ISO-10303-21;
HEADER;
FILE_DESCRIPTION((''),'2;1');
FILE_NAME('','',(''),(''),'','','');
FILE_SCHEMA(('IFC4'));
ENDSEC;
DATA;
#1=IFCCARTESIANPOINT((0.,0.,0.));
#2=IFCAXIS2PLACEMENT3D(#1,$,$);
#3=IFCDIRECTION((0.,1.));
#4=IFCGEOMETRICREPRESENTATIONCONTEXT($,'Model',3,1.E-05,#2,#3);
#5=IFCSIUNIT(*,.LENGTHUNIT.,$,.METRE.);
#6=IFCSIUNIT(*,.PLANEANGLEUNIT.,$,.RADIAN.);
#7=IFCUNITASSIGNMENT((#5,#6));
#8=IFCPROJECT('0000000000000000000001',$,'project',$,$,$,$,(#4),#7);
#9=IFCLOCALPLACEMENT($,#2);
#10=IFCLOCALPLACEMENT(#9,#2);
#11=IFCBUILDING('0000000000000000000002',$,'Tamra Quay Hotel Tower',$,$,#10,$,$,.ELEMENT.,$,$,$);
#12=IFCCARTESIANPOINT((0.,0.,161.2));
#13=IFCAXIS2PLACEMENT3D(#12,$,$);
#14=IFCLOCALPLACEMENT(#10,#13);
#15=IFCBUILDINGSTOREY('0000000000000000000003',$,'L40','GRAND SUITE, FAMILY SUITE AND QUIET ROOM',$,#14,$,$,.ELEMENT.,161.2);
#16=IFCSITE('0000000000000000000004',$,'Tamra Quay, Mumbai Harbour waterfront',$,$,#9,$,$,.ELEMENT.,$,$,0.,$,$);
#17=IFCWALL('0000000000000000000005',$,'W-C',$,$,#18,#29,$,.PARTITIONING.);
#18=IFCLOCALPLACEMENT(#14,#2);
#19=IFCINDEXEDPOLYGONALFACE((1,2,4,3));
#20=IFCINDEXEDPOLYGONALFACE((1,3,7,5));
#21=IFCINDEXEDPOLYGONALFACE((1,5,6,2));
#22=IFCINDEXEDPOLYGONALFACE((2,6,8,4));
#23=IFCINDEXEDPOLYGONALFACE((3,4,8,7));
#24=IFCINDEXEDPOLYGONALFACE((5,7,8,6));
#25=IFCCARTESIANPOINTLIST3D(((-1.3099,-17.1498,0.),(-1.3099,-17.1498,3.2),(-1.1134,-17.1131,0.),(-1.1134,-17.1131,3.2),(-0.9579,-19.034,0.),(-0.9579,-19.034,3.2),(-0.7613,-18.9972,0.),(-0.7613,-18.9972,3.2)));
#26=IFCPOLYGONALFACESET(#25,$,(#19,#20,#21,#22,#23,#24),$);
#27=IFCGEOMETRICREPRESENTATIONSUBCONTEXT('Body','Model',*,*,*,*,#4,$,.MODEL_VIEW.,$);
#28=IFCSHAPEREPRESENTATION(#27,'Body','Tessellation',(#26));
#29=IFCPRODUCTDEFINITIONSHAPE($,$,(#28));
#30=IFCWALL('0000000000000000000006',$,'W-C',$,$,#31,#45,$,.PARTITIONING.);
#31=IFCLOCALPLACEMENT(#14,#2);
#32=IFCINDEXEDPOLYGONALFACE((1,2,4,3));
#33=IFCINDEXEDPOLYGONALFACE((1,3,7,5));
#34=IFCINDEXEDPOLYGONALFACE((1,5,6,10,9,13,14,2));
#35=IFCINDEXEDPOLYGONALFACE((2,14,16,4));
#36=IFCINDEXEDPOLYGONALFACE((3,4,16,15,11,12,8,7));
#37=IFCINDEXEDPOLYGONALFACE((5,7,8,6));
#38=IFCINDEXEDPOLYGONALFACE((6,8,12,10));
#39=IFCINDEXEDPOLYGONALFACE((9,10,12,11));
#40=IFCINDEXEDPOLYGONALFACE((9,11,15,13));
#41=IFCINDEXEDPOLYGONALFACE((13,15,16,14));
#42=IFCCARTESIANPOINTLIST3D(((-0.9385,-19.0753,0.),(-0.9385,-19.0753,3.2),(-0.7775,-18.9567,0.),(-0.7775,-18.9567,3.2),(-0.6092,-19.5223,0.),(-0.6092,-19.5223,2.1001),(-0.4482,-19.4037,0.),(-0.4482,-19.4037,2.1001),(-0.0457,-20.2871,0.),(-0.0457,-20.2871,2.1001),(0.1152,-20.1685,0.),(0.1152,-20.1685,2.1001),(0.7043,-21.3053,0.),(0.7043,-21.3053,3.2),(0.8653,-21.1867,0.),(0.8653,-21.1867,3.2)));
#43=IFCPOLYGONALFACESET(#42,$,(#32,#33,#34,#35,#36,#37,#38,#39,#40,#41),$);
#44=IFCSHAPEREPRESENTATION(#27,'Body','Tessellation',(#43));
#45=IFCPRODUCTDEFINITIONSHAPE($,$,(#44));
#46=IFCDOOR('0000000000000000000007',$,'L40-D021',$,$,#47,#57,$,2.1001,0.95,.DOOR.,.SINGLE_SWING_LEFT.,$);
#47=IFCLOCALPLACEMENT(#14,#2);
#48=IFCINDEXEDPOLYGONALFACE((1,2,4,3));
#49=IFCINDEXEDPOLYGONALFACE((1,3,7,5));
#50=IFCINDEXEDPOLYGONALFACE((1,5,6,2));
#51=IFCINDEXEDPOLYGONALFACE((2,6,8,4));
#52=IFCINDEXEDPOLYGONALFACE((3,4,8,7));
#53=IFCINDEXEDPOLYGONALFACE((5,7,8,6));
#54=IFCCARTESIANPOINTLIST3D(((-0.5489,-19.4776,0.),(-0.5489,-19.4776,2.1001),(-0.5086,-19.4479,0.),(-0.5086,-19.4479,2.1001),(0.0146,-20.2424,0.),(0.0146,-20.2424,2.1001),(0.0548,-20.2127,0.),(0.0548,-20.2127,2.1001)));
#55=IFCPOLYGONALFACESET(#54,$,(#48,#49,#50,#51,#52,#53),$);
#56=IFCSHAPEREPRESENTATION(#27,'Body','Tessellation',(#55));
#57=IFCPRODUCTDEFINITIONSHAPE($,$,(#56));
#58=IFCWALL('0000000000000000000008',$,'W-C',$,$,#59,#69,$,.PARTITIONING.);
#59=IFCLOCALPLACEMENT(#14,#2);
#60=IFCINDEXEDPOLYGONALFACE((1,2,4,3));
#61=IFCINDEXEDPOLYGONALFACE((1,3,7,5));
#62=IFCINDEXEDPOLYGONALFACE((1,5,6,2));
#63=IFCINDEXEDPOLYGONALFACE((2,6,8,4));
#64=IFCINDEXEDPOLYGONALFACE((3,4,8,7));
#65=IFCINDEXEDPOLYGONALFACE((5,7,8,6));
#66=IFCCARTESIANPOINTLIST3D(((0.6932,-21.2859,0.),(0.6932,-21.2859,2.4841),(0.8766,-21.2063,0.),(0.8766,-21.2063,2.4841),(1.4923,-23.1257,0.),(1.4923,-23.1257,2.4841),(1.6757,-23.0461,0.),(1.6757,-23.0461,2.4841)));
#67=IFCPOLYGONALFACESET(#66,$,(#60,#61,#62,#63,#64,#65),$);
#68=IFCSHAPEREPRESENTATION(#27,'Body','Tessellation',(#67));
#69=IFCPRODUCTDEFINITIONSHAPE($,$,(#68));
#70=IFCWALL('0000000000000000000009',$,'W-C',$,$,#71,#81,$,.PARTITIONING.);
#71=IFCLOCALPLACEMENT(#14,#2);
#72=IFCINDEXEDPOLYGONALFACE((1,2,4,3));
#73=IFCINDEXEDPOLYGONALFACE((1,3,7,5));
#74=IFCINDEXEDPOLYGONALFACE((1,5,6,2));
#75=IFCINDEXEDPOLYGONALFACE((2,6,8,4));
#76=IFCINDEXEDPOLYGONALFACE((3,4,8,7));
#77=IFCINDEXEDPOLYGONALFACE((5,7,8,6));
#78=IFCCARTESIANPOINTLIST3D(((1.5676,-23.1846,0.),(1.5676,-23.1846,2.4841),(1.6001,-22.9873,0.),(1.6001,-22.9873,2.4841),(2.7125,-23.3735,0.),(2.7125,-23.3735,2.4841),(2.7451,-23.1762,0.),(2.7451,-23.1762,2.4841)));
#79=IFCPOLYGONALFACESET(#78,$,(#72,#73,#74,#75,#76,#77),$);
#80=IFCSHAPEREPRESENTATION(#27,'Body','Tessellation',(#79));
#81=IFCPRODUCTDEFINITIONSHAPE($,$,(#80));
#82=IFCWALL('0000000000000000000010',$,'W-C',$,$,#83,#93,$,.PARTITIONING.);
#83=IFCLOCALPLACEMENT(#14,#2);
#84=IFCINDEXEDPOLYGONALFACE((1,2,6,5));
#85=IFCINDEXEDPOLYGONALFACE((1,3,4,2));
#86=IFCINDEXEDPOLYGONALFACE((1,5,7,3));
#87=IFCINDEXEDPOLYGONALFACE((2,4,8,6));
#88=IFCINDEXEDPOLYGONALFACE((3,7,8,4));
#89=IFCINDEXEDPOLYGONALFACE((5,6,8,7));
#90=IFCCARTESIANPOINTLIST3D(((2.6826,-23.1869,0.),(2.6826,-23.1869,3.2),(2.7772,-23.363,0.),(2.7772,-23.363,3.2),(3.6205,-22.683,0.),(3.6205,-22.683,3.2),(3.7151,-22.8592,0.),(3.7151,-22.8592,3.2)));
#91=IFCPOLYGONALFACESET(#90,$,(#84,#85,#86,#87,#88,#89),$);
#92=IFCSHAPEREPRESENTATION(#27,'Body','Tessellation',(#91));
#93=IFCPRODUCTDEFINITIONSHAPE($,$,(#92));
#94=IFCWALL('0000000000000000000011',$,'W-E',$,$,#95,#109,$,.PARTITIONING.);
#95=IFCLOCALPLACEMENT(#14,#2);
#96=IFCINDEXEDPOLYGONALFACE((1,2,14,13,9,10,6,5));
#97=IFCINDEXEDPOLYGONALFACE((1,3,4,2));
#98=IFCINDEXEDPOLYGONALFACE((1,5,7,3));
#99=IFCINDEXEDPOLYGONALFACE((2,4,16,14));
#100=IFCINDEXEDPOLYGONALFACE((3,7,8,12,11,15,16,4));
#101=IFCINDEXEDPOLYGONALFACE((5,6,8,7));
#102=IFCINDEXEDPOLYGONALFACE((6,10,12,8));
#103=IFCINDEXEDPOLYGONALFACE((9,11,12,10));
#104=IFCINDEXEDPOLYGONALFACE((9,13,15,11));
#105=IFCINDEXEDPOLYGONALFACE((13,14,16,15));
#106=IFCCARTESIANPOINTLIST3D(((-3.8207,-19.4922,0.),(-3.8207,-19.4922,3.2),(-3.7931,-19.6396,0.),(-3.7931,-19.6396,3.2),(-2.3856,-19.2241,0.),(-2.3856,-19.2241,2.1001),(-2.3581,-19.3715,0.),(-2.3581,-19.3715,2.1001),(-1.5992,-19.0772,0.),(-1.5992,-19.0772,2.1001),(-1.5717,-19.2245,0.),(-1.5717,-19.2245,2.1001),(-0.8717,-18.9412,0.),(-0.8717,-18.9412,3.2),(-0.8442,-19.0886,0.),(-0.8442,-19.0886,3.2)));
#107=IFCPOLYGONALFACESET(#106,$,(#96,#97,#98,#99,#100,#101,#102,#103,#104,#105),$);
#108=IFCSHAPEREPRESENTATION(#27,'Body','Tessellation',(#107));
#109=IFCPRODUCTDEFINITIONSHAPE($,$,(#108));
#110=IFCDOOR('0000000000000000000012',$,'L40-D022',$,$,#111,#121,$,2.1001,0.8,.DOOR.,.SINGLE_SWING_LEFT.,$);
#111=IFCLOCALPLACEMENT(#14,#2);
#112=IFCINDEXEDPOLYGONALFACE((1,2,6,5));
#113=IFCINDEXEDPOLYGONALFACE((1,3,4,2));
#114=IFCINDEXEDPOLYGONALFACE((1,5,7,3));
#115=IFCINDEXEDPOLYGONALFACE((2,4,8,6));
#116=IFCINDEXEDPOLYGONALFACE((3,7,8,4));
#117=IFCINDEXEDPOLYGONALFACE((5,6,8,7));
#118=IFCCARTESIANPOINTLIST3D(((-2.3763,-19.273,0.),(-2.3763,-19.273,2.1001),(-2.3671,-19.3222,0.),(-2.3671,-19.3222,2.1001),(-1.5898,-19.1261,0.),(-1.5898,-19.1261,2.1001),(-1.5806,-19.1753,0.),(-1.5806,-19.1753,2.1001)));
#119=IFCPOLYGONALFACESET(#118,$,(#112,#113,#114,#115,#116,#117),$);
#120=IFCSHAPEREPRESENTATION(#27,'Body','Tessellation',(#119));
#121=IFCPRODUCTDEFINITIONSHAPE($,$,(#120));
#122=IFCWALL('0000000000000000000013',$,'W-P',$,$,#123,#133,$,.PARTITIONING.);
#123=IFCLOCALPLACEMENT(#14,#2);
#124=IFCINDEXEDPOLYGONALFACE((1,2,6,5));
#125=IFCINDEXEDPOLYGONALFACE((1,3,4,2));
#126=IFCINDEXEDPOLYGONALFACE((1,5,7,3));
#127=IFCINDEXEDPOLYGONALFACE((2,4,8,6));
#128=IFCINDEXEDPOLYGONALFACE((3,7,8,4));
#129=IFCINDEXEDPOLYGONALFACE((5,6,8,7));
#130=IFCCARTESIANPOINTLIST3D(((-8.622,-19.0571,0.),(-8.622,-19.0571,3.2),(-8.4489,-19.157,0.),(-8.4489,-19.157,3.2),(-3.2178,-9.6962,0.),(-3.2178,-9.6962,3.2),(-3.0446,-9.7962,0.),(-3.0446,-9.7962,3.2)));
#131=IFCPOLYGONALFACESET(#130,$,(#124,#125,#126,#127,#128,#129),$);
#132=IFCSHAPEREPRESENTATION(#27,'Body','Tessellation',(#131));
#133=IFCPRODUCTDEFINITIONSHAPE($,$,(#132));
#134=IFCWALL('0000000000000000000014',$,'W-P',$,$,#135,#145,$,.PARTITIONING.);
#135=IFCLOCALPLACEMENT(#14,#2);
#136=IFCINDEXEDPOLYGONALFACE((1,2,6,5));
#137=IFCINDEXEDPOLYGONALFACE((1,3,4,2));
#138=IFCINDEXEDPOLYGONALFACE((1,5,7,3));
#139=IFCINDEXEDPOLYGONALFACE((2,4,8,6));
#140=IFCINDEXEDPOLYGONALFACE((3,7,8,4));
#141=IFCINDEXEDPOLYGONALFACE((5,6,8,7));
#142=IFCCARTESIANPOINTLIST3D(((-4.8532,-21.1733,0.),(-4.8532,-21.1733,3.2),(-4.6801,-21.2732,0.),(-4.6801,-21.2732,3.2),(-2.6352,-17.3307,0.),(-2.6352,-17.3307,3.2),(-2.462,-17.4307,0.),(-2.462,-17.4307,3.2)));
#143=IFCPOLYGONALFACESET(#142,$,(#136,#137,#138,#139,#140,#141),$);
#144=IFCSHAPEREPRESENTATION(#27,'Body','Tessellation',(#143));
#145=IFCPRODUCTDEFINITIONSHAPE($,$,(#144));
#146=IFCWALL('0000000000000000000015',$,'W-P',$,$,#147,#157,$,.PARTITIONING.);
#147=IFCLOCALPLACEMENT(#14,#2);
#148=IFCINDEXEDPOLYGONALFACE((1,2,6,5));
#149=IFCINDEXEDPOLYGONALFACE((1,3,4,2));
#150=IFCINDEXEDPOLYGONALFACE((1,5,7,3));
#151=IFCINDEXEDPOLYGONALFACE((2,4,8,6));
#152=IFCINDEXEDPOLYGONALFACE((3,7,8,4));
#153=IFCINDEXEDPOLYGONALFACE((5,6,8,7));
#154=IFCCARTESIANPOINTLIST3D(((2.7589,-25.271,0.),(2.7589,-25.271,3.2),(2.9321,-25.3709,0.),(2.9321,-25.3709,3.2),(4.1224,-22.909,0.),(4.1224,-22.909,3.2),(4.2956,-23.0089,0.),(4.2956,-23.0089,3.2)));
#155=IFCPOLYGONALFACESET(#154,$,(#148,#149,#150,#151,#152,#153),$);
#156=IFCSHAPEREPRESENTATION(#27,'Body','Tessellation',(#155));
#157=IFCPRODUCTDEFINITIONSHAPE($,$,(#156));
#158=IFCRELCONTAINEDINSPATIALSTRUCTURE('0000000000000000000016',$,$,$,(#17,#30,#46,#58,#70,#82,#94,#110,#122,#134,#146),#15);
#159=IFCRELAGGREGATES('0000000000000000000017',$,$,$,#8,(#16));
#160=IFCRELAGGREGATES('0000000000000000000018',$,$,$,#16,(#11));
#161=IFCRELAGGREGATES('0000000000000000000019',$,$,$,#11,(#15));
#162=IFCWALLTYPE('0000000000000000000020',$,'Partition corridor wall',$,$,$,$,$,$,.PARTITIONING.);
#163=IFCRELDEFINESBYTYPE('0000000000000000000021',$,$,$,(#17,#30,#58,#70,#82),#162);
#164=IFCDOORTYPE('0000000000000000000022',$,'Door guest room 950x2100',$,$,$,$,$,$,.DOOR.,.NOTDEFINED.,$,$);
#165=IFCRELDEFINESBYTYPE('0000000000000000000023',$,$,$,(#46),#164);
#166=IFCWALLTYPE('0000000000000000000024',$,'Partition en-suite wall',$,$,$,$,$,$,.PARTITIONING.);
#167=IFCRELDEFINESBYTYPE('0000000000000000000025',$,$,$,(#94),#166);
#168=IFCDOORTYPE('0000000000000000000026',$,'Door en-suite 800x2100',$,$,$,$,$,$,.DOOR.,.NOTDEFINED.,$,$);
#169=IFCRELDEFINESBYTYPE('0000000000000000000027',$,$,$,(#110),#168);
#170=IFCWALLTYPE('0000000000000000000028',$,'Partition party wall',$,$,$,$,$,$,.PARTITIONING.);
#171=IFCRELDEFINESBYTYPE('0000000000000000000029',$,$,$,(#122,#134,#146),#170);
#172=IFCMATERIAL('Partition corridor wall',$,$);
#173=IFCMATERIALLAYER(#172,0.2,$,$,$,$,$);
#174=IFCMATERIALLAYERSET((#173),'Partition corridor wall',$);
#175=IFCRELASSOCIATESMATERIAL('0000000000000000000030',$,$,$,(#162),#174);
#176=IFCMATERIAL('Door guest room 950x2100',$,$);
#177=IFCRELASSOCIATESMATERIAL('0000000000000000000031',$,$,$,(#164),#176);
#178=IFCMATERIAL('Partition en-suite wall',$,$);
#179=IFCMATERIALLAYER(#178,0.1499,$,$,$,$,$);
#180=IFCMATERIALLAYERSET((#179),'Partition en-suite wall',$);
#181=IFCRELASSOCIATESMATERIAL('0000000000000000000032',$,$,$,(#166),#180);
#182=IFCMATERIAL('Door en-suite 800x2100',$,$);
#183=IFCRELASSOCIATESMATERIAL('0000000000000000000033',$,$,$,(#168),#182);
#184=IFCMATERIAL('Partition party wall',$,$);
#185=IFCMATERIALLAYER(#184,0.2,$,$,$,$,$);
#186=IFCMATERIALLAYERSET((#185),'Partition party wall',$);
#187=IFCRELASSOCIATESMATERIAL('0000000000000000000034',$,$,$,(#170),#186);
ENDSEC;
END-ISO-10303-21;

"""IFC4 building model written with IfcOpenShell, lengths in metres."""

from ifc_helpers import new_model, si_unit, direction, frame, frame_2d, origin, place, context, subcontext, project, spatial, rectangle, extrude, material, layer, layer_set, type_object, element, fill, save


model = new_model("IFC4")

# Units and contexts
model_context = context("Model", 3, precision=1e-05, world=origin(), true_north=direction((0.0, 1.0)))
body_context = subcontext(model_context, "Body", "Model", "MODEL_VIEW")
ifc_project = project(units=[si_unit("LENGTHUNIT", "METRE"), si_unit("PLANEANGLEUNIT", "RADIAN")], contexts=[model_context])

# Site, building, storey
site_placement = place(None, origin())
site = spatial("IfcSite", under=ifc_project, at=site_placement, Name="Tamra Quay, Mumbai Harbour waterfront", CompositionType="ELEMENT", RefElevation=0.0)
building_placement = place(site_placement, origin())
building = spatial("IfcBuilding", under=site, at=building_placement, Name="Tamra Quay Hotel Tower", CompositionType="ELEMENT")
storey_placement = place(building_placement, frame((0.0, 0.0, 161.2)))
storey = spatial("IfcBuildingStorey", under=building, at=storey_placement, Name="L40", Description="GRAND SUITE, FAMILY SUITE AND QUIET ROOM", CompositionType="ELEMENT", Elevation=161.2)

# Wall
ifc_material_1 = material(Name="Partition corridor wall")
ifc_layer_1 = layer(ifc_material_1, 0.2)
ifc_layer_set_1 = layer_set([ifc_layer_1], Name="Partition corridor wall")
wall_type_1 = type_object("IfcWallType", Name="Partition corridor wall", PredefinedType="PARTITIONING", material=ifc_layer_set_1)
wall_1_placement = place(storey_placement, frame((-1.2117, -17.1313, 0.0), z_axis=(0.0, 0.0, 1.0), x_axis=(0.183681, -0.982986, 0.0)))
element("IfcWall", 1, at=wall_1_placement, inside=storey, type_object=wall_type_1, Name="W-C", PredefinedType="PARTITIONING", context=body_context, shape_type="SweptSolid", body=[
    extrude(rectangle(XDim=1.9167, YDim=0.2, at=frame_2d((0.9585, 0.0))), origin(), (0.0, 0.0, 1.0), 3.2),
])

# Wall, opening, door
wall_2_placement = place(storey_placement, frame((-0.8579, -19.0161, 0.0), z_axis=(0.0, 0.0, 1.0), x_axis=(0.593124, -0.805111, 0.0)))
wall_2 = element("IfcWall", 2, at=wall_2_placement, inside=storey, type_object=wall_type_1, Name="W-C", PredefinedType="PARTITIONING", context=body_context, shape_type="SweptSolid", body=[
    extrude(rectangle(XDim=2.7698, YDim=0.2, at=frame_2d((1.3848, 0.0))), origin(), (0.0, 0.0, 1.0), 3.2),
])
opening_1_placement = place(wall_2_placement, frame((0.5549, 0.0, 0.0)))
opening_1 = element("IfcOpeningElement", 3, at=opening_1_placement, cuts=wall_2, PredefinedType="OPENING", context=body_context, shape_type="SweptSolid", body=[
    extrude(rectangle(XDim=0.95, YDim=2.1001, at=frame_2d((0.4751, 1.05))), frame((0.0, 0.1099, 0.0), z_axis=(0.0, -1.0, 0.0), x_axis=(1.0, 0.0, 0.0)), (0.0, 0.0, 1.0), 0.22),
])
ifc_material_2 = material(Name="Door guest room 950x2100")
door_type_1 = type_object("IfcDoorType", Name="Door guest room 950x2100", OperationType="NOTDEFINED", PredefinedType="DOOR", material=ifc_material_2)
door_1_placement = place(opening_1_placement, frame((0.95, 0.0, 0.0), z_axis=(0.0, 0.0, 1.0), x_axis=(-1.0, 0.0, 0.0)))
door_1 = element("IfcDoor", 4, at=door_1_placement, inside=storey, type_object=door_type_1, Name="L40-D021", OperationType="SINGLE_SWING_LEFT", OverallHeight=2.1001, OverallWidth=0.95, PredefinedType="DOOR", context=body_context, shape_type="SweptSolid", body=[
    extrude(rectangle(XDim=0.95, YDim=2.1001, at=frame_2d((0.4751, 1.05))), frame((0.0, 0.0249, 0.0), z_axis=(0.0, -1.0, 0.0), x_axis=(1.0, 0.0, 0.0)), (0.0, 0.0, 1.0), 0.05),
])
fill(opening_1, door_1)

# Walls
wall_3_placement = place(storey_placement, frame((0.7849, -21.2461, 0.0), z_axis=(0.0, 0.0, 1.0), x_axis=(0.398366, -0.917227, 0.0)))
element("IfcWall", 5, at=wall_3_placement, inside=storey, type_object=wall_type_1, Name="W-C", PredefinedType="PARTITIONING", context=body_context, shape_type="SweptSolid", body=[
    extrude(rectangle(XDim=2.0059, YDim=0.2, at=frame_2d((1.0029, 0.0))), origin(), (0.0, 0.0, 1.0), 2.4841),
])
wall_4_placement = place(storey_placement, frame((1.584, -23.0859, 0.0), z_axis=(0.0, 0.0, 1.0), x_axis=(0.986654, -0.16283, 0.0)))
element("IfcWall", 6, at=wall_4_placement, inside=storey, type_object=wall_type_1, Name="W-C", PredefinedType="PARTITIONING", context=body_context, shape_type="SweptSolid", body=[
    extrude(rectangle(XDim=1.1604, YDim=0.2, at=frame_2d((0.5801, 0.0))), origin(), (0.0, 0.0, 1.0), 2.4841),
])
wall_5_placement = place(storey_placement, frame((2.73, -23.2749, 0.0), z_axis=(0.0, 0.0, 1.0), x_axis=(0.880927, 0.473252, 0.0)))
element("IfcWall", 7, at=wall_5_placement, inside=storey, type_object=wall_type_1, Name="W-C", PredefinedType="PARTITIONING", context=body_context, shape_type="SweptSolid", body=[
    extrude(rectangle(XDim=1.0647, YDim=0.2, at=frame_2d((0.5322, 0.0))), origin(), (0.0, 0.0, 1.0), 3.2),
])

# Wall, opening, door
ifc_material_3 = material(Name="Partition en-suite wall")
ifc_layer_2 = layer(ifc_material_3, 0.1499)
ifc_layer_set_2 = layer_set([ifc_layer_2], Name="Partition en-suite wall")
wall_type_2 = type_object("IfcWallType", Name="Partition en-suite wall", PredefinedType="PARTITIONING", material=ifc_layer_set_2)
wall_6_placement = place(storey_placement, frame((-3.8069, -19.5659, 0.0), z_axis=(0.0, 0.0, 1.0), x_axis=(0.982987, 0.183674, 0.0)))
wall_6 = element("IfcWall", 8, at=wall_6_placement, inside=storey, type_object=wall_type_2, Name="W-E", PredefinedType="PARTITIONING", context=body_context, shape_type="SweptSolid", body=[
    extrude(rectangle(XDim=3.0, YDim=0.1499, at=frame_2d((1.5, 0.0))), origin(), (0.0, 0.0, 1.0), 3.2),
])
opening_2_placement = place(wall_6_placement, frame((1.46, 0.0, 0.0)))
opening_2 = element("IfcOpeningElement", 9, at=opening_2_placement, cuts=wall_6, PredefinedType="OPENING", context=body_context, shape_type="SweptSolid", body=[
    extrude(rectangle(XDim=0.8, YDim=2.1001, at=frame_2d((0.3999, 1.05))), frame((0.0, 0.085, 0.0), z_axis=(0.0, -1.0, 0.0), x_axis=(1.0, 0.0, 0.0)), (0.0, 0.0, 1.0), 0.1699),
])
ifc_material_4 = material(Name="Door en-suite 800x2100")
door_type_2 = type_object("IfcDoorType", Name="Door en-suite 800x2100", OperationType="NOTDEFINED", PredefinedType="DOOR", material=ifc_material_4)
door_2_placement = place(opening_2_placement, frame((0.8, 0.0, 0.0), z_axis=(0.0, 0.0, 1.0), x_axis=(-1.0, 0.0, 0.0)))
door_2 = element("IfcDoor", 10, at=door_2_placement, inside=storey, type_object=door_type_2, Name="L40-D022", OperationType="SINGLE_SWING_LEFT", OverallHeight=2.1001, OverallWidth=0.8, PredefinedType="DOOR", context=body_context, shape_type="SweptSolid", body=[
    extrude(rectangle(XDim=0.8, YDim=2.1001, at=frame_2d((0.3999, 1.05))), frame((0.0, 0.0249, 0.0), z_axis=(0.0, -1.0, 0.0), x_axis=(1.0, 0.0, 0.0)), (0.0, 0.0, 1.0), 0.05),
])
fill(opening_2, door_2)

# Walls
ifc_material_5 = material(Name="Partition party wall")
ifc_layer_3 = layer(ifc_material_5, 0.2)
ifc_layer_set_3 = layer_set([ifc_layer_3], Name="Partition party wall")
wall_type_3 = type_object("IfcWallType", Name="Partition party wall", PredefinedType="PARTITIONING", material=ifc_layer_set_3)
wall_7_placement = place(storey_placement, frame((-8.5354, -19.1069, 0.0), z_axis=(0.0, 0.0, 1.0), x_axis=(0.499987, 0.866033, 0.0)))
element("IfcWall", 11, at=wall_7_placement, inside=storey, type_object=wall_type_3, Name="W-P", PredefinedType="PARTITIONING", context=body_context, shape_type="SweptSolid", body=[
    extrude(rectangle(XDim=10.8088, YDim=0.2, at=frame_2d((5.4043, 0.0))), origin(), (0.0, 0.0, 1.0), 3.2),
])
wall_8_placement = place(storey_placement, frame((-4.7666, -21.2231, 0.0), z_axis=(0.0, 0.0, 1.0), x_axis=(0.499921, 0.866071, 0.0)))
element("IfcWall", 12, at=wall_8_placement, inside=storey, type_object=wall_type_3, Name="W-P", PredefinedType="PARTITIONING", context=body_context, shape_type="SweptSolid", body=[
    extrude(rectangle(XDim=4.4368, YDim=0.2, at=frame_2d((2.2183, 0.0))), origin(), (0.0, 0.0, 1.0), 3.2),
])
wall_9_placement = place(storey_placement, frame((2.8455, -25.321, 0.0), z_axis=(0.0, 0.0, 1.0), x_axis=(0.499942, 0.866059, 0.0)))
element("IfcWall", 13, at=wall_9_placement, inside=storey, type_object=wall_type_3, Name="W-P", PredefinedType="PARTITIONING", context=body_context, shape_type="SweptSolid", body=[
    extrude(rectangle(XDim=2.7273, YDim=0.2, at=frame_2d((1.3638, 0.0))), origin(), (0.0, 0.0, 1.0), 3.2),
])

save(model, "model.ifc")
